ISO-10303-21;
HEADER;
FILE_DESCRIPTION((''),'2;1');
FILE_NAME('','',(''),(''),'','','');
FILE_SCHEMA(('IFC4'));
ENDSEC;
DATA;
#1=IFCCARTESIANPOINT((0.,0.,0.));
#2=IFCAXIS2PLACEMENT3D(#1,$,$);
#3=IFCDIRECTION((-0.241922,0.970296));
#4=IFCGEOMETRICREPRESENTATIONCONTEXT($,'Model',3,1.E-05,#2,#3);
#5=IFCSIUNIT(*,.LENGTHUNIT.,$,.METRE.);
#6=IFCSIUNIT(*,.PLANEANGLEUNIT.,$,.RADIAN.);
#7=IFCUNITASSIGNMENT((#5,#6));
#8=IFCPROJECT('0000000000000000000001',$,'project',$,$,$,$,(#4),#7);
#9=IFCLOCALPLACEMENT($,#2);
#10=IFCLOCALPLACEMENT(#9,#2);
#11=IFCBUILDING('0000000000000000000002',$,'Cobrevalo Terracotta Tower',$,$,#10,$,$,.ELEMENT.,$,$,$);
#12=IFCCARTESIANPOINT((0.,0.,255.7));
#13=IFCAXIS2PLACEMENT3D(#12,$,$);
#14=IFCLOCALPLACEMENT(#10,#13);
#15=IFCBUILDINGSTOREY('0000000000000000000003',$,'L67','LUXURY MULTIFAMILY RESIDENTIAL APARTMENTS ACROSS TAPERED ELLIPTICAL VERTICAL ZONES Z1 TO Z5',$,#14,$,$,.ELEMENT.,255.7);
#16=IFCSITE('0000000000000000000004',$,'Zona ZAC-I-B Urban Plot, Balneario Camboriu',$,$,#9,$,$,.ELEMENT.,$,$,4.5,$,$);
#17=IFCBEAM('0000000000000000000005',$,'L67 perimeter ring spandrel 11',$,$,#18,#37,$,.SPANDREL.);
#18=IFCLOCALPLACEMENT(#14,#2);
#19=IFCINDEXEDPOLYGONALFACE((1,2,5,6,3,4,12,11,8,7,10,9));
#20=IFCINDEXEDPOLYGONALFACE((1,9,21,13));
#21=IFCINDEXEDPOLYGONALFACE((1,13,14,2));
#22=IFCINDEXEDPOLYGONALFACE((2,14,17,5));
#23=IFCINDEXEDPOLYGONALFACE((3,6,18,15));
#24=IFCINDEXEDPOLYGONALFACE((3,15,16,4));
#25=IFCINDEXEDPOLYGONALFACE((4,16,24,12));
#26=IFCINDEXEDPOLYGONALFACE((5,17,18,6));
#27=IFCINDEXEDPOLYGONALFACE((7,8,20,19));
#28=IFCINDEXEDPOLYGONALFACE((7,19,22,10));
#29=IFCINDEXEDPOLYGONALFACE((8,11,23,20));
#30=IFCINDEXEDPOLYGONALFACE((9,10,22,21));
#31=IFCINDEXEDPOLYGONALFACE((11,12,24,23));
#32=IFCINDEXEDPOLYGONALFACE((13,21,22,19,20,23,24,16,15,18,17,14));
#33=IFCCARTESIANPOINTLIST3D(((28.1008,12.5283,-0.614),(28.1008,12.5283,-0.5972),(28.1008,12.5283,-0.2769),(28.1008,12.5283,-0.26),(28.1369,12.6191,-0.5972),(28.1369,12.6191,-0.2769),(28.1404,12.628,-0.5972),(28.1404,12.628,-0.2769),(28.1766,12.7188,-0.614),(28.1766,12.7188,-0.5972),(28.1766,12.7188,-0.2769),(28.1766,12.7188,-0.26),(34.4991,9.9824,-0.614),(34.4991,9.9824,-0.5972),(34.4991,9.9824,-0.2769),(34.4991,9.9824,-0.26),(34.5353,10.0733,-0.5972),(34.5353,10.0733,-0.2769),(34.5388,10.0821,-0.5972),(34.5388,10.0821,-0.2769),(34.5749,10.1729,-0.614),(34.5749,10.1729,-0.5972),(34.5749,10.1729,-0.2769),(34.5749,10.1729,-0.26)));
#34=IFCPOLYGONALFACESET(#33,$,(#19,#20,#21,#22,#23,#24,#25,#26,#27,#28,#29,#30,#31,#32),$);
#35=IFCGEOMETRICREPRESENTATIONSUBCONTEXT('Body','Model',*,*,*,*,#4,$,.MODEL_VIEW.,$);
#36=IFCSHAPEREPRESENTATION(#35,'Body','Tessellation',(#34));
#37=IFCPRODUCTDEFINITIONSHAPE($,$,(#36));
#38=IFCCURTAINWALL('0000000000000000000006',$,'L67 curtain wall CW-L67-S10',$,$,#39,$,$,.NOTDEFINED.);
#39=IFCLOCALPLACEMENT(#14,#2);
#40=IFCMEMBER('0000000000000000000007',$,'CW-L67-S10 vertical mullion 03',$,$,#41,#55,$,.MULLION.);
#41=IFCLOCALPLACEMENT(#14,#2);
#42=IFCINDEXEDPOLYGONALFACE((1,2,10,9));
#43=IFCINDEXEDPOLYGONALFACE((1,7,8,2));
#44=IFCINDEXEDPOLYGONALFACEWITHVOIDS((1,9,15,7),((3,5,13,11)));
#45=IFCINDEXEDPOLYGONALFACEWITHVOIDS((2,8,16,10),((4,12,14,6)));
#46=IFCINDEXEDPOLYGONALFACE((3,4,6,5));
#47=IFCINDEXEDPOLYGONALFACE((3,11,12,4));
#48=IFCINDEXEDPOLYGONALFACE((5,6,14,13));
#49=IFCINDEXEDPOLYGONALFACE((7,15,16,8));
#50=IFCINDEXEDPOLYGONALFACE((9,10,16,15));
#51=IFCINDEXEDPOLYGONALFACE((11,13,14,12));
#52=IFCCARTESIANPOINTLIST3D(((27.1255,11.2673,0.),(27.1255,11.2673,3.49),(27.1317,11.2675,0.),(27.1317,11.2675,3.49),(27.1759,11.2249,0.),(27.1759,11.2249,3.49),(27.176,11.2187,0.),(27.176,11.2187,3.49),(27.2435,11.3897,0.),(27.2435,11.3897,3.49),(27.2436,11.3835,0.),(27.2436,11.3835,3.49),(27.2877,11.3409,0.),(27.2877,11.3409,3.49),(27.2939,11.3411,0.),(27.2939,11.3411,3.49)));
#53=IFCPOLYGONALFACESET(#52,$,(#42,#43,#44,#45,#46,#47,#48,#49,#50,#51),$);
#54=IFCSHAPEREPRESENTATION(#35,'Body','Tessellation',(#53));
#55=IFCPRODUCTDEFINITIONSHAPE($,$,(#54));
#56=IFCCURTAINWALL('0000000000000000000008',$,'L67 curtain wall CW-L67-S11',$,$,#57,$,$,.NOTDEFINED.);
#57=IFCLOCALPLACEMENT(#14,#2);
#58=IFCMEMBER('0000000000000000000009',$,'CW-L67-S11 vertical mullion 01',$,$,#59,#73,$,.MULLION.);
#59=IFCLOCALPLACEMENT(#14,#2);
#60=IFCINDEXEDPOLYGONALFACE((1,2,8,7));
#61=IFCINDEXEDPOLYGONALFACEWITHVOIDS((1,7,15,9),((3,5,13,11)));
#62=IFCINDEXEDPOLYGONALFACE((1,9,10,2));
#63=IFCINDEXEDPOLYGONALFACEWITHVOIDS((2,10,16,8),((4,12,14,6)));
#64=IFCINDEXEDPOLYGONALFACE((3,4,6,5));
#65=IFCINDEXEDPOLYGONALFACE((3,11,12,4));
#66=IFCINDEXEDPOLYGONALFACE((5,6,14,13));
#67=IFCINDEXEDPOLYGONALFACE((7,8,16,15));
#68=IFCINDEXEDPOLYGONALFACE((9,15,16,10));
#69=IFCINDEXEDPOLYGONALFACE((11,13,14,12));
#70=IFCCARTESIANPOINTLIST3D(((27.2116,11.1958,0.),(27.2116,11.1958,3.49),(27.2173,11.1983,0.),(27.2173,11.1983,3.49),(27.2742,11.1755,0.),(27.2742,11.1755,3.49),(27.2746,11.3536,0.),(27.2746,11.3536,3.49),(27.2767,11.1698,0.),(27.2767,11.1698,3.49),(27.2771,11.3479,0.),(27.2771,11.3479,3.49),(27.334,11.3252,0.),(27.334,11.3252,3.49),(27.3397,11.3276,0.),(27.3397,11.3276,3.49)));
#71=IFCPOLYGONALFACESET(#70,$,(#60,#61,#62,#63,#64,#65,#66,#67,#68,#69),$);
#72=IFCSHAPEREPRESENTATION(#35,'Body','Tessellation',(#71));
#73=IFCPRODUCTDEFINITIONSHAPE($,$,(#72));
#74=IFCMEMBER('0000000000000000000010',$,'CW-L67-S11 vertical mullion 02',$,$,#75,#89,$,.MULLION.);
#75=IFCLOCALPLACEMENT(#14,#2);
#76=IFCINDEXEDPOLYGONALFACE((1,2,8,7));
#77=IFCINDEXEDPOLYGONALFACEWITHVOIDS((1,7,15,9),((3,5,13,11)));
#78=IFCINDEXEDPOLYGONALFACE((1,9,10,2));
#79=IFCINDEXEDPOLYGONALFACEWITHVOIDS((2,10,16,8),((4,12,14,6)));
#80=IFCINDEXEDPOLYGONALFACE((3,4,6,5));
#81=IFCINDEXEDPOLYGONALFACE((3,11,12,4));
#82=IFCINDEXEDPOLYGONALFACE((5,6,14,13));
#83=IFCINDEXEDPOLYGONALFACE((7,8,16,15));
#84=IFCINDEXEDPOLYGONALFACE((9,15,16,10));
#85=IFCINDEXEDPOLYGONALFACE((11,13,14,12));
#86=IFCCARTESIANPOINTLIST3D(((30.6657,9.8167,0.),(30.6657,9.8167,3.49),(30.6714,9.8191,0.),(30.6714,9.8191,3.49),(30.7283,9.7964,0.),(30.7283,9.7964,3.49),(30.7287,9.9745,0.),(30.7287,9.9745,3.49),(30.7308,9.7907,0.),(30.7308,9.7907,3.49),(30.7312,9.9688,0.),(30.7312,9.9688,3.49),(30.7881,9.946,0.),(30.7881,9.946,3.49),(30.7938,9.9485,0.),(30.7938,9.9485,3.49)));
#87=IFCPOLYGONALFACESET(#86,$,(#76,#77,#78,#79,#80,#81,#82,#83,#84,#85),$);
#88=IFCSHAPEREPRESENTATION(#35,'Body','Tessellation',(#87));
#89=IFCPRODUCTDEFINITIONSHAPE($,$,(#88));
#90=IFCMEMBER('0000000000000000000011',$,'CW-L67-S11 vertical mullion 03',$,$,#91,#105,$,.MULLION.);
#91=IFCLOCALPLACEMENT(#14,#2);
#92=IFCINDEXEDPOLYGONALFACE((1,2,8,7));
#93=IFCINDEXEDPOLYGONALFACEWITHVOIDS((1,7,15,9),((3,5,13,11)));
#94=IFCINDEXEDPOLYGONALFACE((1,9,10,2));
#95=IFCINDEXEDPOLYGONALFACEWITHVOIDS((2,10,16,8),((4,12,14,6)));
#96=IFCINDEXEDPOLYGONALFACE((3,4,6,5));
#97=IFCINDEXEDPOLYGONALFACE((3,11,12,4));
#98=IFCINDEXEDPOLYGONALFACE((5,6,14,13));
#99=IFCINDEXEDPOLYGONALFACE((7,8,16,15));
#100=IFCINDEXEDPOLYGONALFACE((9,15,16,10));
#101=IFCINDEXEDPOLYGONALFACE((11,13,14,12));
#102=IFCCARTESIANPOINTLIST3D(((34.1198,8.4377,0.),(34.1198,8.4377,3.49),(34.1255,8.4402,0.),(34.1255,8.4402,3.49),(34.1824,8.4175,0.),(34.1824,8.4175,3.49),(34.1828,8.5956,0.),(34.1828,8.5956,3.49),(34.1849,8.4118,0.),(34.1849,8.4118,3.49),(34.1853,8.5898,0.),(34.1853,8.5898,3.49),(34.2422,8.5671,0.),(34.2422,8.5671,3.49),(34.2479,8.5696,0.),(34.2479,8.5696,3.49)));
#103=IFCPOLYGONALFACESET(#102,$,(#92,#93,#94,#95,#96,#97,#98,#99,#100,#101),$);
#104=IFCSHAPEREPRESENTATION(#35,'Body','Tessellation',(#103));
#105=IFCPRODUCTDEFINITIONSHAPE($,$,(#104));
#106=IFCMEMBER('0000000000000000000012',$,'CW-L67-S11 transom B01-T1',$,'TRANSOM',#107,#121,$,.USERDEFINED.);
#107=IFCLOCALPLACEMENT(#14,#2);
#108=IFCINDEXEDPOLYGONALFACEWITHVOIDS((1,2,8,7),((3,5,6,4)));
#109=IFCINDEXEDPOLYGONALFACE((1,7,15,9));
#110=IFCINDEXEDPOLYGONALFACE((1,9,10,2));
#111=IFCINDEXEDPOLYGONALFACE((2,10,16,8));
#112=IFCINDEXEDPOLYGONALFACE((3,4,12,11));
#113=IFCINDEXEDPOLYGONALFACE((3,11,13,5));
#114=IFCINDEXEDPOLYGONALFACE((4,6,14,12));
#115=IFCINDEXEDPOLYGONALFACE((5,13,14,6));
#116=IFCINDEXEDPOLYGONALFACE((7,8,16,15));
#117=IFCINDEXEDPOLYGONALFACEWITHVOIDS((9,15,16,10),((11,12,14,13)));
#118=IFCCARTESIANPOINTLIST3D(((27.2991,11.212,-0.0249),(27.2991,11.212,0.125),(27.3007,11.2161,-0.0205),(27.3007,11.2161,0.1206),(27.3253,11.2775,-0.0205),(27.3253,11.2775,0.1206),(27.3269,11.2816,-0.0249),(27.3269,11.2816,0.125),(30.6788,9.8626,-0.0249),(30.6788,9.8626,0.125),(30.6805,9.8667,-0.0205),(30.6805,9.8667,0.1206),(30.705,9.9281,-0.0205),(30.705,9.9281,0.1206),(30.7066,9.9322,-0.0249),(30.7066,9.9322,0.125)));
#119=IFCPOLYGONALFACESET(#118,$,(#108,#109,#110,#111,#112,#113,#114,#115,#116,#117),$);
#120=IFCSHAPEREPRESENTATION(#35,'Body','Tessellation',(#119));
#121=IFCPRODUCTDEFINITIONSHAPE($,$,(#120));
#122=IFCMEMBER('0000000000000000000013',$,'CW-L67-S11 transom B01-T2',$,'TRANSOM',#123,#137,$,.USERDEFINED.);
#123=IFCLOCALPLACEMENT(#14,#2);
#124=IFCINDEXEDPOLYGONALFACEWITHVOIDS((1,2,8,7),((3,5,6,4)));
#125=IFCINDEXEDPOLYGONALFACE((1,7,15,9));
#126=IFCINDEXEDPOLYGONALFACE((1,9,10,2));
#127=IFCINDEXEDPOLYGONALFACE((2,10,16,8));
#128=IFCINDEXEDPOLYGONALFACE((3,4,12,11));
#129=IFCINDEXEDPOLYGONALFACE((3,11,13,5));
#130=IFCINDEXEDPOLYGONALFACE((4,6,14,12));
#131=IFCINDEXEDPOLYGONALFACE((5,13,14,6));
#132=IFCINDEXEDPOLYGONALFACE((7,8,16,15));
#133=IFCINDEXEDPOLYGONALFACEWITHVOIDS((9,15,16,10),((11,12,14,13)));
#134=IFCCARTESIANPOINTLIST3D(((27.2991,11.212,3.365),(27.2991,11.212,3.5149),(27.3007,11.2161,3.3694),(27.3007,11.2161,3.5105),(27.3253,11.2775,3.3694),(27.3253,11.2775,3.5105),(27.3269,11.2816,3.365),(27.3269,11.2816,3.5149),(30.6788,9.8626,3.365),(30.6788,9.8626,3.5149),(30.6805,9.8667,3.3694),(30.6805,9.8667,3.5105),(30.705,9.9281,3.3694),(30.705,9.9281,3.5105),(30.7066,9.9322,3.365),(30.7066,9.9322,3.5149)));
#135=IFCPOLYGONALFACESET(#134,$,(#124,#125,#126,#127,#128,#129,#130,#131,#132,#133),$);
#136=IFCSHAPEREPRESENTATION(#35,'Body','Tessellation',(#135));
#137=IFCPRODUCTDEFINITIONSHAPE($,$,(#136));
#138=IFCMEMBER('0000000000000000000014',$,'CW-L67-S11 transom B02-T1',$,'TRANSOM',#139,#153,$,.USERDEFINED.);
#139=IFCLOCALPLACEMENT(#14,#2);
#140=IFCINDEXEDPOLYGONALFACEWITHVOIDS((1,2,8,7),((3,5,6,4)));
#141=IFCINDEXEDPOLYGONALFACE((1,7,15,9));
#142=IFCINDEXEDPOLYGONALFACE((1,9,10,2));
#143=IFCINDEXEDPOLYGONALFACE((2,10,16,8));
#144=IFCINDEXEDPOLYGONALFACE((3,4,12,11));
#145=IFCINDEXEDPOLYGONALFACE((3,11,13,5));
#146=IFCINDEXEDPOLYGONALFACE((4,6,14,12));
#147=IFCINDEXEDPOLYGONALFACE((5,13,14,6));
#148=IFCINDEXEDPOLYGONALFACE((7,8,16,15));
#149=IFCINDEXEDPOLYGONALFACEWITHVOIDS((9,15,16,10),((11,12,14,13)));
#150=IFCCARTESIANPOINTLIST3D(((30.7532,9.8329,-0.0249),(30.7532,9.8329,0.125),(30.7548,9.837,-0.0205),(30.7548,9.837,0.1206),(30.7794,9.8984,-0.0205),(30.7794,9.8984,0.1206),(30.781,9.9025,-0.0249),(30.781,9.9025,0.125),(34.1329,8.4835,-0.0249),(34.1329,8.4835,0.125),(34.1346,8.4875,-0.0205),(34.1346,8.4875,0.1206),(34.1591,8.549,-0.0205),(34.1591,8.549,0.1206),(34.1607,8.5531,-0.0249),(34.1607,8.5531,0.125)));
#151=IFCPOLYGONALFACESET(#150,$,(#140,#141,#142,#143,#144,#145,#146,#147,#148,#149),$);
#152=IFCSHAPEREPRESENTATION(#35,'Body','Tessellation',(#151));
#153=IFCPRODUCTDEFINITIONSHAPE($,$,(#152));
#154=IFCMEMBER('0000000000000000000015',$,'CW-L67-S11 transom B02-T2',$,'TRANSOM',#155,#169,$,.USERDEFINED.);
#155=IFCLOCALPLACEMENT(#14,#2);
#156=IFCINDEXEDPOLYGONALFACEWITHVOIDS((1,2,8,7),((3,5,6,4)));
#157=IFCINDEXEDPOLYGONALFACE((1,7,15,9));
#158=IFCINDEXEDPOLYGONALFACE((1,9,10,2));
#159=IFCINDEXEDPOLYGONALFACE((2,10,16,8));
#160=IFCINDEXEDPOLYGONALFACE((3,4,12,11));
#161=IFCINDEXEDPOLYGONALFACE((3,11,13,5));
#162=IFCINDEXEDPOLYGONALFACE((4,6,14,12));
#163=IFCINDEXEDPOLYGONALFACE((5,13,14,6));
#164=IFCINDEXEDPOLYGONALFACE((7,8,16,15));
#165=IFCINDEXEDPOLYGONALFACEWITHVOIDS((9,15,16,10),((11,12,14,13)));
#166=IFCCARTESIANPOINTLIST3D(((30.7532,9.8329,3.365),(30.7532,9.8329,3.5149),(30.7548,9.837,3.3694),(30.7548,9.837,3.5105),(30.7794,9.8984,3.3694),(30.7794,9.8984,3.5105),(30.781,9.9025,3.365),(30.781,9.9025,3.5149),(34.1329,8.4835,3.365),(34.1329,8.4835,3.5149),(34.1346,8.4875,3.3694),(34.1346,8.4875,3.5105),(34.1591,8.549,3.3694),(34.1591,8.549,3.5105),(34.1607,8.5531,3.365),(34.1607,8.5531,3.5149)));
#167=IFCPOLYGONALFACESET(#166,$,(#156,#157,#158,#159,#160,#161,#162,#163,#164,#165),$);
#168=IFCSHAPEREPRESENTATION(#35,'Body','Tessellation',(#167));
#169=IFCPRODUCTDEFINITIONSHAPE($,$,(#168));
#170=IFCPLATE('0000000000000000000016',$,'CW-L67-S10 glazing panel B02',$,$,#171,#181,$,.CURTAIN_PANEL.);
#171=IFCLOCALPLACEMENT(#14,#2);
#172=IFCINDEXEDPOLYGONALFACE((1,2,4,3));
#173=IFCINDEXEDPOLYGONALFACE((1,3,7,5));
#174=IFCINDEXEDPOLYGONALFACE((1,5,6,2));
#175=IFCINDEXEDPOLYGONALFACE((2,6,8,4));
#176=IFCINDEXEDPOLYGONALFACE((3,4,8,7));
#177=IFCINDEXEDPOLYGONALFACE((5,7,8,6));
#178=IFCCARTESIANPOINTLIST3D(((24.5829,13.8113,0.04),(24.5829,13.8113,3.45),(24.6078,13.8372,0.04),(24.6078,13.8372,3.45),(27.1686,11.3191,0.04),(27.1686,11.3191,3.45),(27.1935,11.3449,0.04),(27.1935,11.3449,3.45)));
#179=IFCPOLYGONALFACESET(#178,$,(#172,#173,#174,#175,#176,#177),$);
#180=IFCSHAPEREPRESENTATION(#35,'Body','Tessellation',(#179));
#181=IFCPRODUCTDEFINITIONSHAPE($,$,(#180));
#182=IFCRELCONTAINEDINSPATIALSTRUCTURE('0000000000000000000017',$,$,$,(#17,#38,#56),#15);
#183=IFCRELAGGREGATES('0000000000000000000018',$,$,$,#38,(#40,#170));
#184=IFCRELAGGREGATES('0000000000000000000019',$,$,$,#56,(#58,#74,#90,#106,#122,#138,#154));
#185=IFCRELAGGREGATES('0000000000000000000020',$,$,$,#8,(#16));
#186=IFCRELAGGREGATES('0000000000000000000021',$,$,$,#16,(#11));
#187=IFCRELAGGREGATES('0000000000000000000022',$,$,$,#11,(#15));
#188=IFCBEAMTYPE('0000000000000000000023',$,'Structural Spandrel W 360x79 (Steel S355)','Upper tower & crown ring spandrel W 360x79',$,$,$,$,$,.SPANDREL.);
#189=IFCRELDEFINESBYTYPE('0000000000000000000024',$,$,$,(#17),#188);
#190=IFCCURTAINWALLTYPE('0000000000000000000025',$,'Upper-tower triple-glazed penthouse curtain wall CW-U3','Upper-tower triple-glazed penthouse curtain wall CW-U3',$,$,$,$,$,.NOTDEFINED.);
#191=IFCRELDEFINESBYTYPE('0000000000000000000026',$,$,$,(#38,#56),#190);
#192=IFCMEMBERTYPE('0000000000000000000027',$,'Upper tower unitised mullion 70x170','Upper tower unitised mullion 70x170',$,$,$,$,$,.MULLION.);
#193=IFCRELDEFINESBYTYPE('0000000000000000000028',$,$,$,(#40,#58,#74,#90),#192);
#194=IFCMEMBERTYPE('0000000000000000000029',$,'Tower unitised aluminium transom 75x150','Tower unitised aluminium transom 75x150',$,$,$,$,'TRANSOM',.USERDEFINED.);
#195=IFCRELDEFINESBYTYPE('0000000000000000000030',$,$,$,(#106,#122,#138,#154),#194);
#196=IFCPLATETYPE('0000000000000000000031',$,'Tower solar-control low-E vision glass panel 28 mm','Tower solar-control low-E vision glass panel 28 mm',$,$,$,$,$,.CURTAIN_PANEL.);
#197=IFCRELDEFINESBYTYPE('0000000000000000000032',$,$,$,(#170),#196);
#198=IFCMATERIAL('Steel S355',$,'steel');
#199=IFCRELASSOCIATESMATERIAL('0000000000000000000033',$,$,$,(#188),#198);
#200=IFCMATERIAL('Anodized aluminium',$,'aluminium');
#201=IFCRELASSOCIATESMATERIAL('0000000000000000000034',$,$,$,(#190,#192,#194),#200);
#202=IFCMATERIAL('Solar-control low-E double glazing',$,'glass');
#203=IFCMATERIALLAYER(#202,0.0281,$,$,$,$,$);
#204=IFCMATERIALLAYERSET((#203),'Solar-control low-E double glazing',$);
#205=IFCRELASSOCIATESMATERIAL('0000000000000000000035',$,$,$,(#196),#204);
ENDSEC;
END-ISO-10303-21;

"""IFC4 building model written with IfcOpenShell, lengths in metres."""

from ifc_helpers import new_model, si_unit, direction, frame, origin, origin_2d, place, context, subcontext, project, spatial, rectangle, hollow_rectangle, i_section, extrude, source, transform, mapped, material, layer, layer_set, material_profile, profile_set, type_object, element, aggregate, save


model = new_model("IFC4")

# Units and contexts
model_context = context("Model", 3, precision=1e-05, world=origin(), true_north=direction((-0.241922, 0.970296)))
body_context = subcontext(model_context, "Body", "Model", "MODEL_VIEW")
ifc_project = project(units=[si_unit("LENGTHUNIT", "METRE"), si_unit("PLANEANGLEUNIT", "RADIAN")], contexts=[model_context])

# Site, building, storey
site_placement = place(None, origin())
site = spatial("IfcSite", under=ifc_project, at=site_placement, Name="Zona ZAC-I-B Urban Plot, Balneario Camboriu", CompositionType="ELEMENT", RefElevation=4.5)
building_placement = place(site_placement, origin())
building = spatial("IfcBuilding", under=site, at=building_placement, Name="Cobrevalo Terracotta Tower", CompositionType="ELEMENT")
storey_placement = place(building_placement, frame((0.0, 0.0, 255.7)))
storey = spatial("IfcBuildingStorey", under=building, at=storey_placement, Name="L67", Description="LUXURY MULTIFAMILY RESIDENTIAL APARTMENTS ACROSS TAPERED ELLIPTICAL VERTICAL ZONES Z1 TO Z5", CompositionType="ELEMENT", Elevation=255.7)

# Shared definitions
ifc_material_1 = material(Name="Steel S355", Category="steel")

# Beam
ifc_material_profile_1 = material_profile(ifc_material_1, i_section(OverallWidth=0.2051, OverallDepth=0.354, WebThickness=0.0095, FlangeThickness=0.0168, at=origin_2d()), Name="W 360x79")
ifc_profile_set_1 = profile_set([ifc_material_profile_1], Name="Steel S355")
beam_type_1 = type_object("IfcBeamType", Name="Structural Spandrel W 360x79 (Steel S355)", Description="Upper tower & crown ring spandrel W 360x79", PredefinedType="SPANDREL", material=ifc_profile_set_1)
beam_1_placement = place(storey_placement, frame((28.1387, 12.6235, -0.437), z_axis=(0.92915, -0.369703, 0.0), x_axis=(0.369703, 0.92915, 0.0)))
element("IfcBeam", 1, at=beam_1_placement, inside=storey, type_object=beam_type_1, Name="L67 perimeter ring spandrel 11", PredefinedType="SPANDREL", context=body_context, shape_type="SweptSolid", body=[
    extrude(i_section(OverallWidth=0.2051, OverallDepth=0.354, WebThickness=0.0095, FlangeThickness=0.0168, at=origin_2d()), origin(), (0.0, 0.0, 1.0), 6.8862),
])

# Curtain wall, member
ifc_material_2 = material(Name="Anodized aluminium", Category="aluminium")
curtain_wall_type = type_object("IfcCurtainWallType", Name="Upper-tower triple-glazed penthouse curtain wall CW-U3", Description="Upper-tower triple-glazed penthouse curtain wall CW-U3", PredefinedType="NOTDEFINED", material=ifc_material_2)
curtain_wall_1_placement = place(storey_placement, origin())
curtain_wall_1 = element("IfcCurtainWall", 2, at=curtain_wall_1_placement, inside=storey, type_object=curtain_wall_type, Name="L67 curtain wall CW-L67-S10", PredefinedType="NOTDEFINED")
ifc_material_profile_2 = material_profile(ifc_material_2, hollow_rectangle(XDim=0.0701, YDim=0.1699, WallThickness=0.0044, at=origin_2d()), Name="CWM 70x170")
ifc_profile_set_2 = profile_set([ifc_material_profile_2], Name="Anodized aluminium")
member_type_1 = type_object("IfcMemberType", Name="Upper tower unitised mullion 70x170", Description="Upper tower unitised mullion 70x170", PredefinedType="MULLION", material=ifc_profile_set_2)
shared_shape_1 = source(origin(), body_context, "Body", "SweptSolid", [
    extrude(hollow_rectangle(XDim=0.0701, YDim=0.1699, WallThickness=0.0044, at=origin_2d()), origin(), (0.0, 0.0, 1.0), 3.49),
])
member_1_placement = place(storey_placement, frame((27.2097, 11.3042, 0.0), z_axis=(0.0, 0.0, 1.0), x_axis=(0.719994, -0.69398, 0.0)))
member_1 = element("IfcMember", 3, at=member_1_placement, type_object=member_type_1, Name="CW-L67-S10 vertical mullion 03", PredefinedType="MULLION", context=body_context, shape_type="MappedRepresentation", body=[
    mapped(shared_shape_1, transform((0.0, 0.0, 0.0), scale=1.0)),
])

# Curtain wall, members
curtain_wall_2_placement = place(storey_placement, origin())
curtain_wall_2 = element("IfcCurtainWall", 4, at=curtain_wall_2_placement, inside=storey, type_object=curtain_wall_type, Name="L67 curtain wall CW-L67-S11", PredefinedType="NOTDEFINED")
member_2_placement = place(storey_placement, frame((27.2756, 11.2617, 0.0), z_axis=(0.0, 0.0, 1.0), x_axis=(0.928719, -0.370784, 0.0)))
member_2 = element("IfcMember", 5, at=member_2_placement, type_object=member_type_1, Name="CW-L67-S11 vertical mullion 01", PredefinedType="MULLION", context=body_context, shape_type="MappedRepresentation", body=[
    mapped(shared_shape_1, transform((0.0, 0.0, 0.0), scale=1.0)),
])
member_3_placement = place(storey_placement, frame((30.7297, 9.8826, 0.0), z_axis=(0.0, 0.0, 1.0), x_axis=(0.928719, -0.370784, 0.0)))
member_3 = element("IfcMember", 6, at=member_3_placement, type_object=member_type_1, Name="CW-L67-S11 vertical mullion 02", PredefinedType="MULLION", context=body_context, shape_type="MappedRepresentation", body=[
    mapped(shared_shape_1, transform((0.0, 0.0, 0.0), scale=1.0)),
])
member_4_placement = place(storey_placement, frame((34.1838, 8.5037, 0.0), z_axis=(0.0, 0.0, 1.0), x_axis=(0.928719, -0.370784, 0.0)))
member_4 = element("IfcMember", 7, at=member_4_placement, type_object=member_type_1, Name="CW-L67-S11 vertical mullion 03", PredefinedType="MULLION", context=body_context, shape_type="MappedRepresentation", body=[
    mapped(shared_shape_1, transform((0.0, 0.0, 0.0), scale=1.0)),
])
ifc_material_profile_3 = material_profile(ifc_material_2, hollow_rectangle(XDim=0.075, YDim=0.1499, WallThickness=0.0044, at=origin_2d()), Name="CWT 75x150")
ifc_profile_set_3 = profile_set([ifc_material_profile_3], Name="Anodized aluminium")
member_type_2 = type_object("IfcMemberType", Name="Tower unitised aluminium transom 75x150", Description="Tower unitised aluminium transom 75x150", ElementType="TRANSOM", PredefinedType="USERDEFINED", material=ifc_profile_set_3)
shared_shape_2 = source(origin(), body_context, "Body", "SweptSolid", [
    extrude(hollow_rectangle(XDim=0.075, YDim=0.1499, WallThickness=0.0044, at=origin_2d()), origin(), (0.0, 0.0, 1.0), 3.6392),
])
member_5_placement = place(storey_placement, frame((27.313, 11.2468, 0.05), z_axis=(0.928712, -0.370801, 0.0), x_axis=(0.370801, 0.928712, 0.0)))
member_5 = element("IfcMember", 8, at=member_5_placement, type_object=member_type_2, Name="CW-L67-S11 transom B01-T1", ObjectType="TRANSOM", PredefinedType="USERDEFINED", context=body_context, shape_type="MappedRepresentation", body=[
    mapped(shared_shape_2, transform((0.0, 0.0, 0.0), scale=1.0)),
])
member_6_placement = place(storey_placement, frame((27.313, 11.2468, 3.4399), z_axis=(0.928712, -0.370801, 0.0), x_axis=(0.370801, 0.928712, 0.0)))
member_6 = element("IfcMember", 9, at=member_6_placement, type_object=member_type_2, Name="CW-L67-S11 transom B01-T2", ObjectType="TRANSOM", PredefinedType="USERDEFINED", context=body_context, shape_type="MappedRepresentation", body=[
    mapped(shared_shape_2, transform((0.0, 0.0, 0.0), scale=1.0)),
])
member_7_placement = place(storey_placement, frame((30.7671, 9.8677, 0.05), z_axis=(0.928712, -0.370801, 0.0), x_axis=(0.370801, 0.928712, 0.0)))
member_7 = element("IfcMember", 10, at=member_7_placement, type_object=member_type_2, Name="CW-L67-S11 transom B02-T1", ObjectType="TRANSOM", PredefinedType="USERDEFINED", context=body_context, shape_type="MappedRepresentation", body=[
    mapped(shared_shape_2, transform((0.0, 0.0, 0.0), scale=1.0)),
])
member_8_placement = place(storey_placement, frame((30.7671, 9.8677, 3.4399), z_axis=(0.928712, -0.370801, 0.0), x_axis=(0.370801, 0.928712, 0.0)))
member_8 = element("IfcMember", 11, at=member_8_placement, type_object=member_type_2, Name="CW-L67-S11 transom B02-T2", ObjectType="TRANSOM", PredefinedType="USERDEFINED", context=body_context, shape_type="MappedRepresentation", body=[
    mapped(shared_shape_2, transform((0.0, 0.0, 0.0), scale=1.0)),
])

# Plate
ifc_material_3 = material(Name="Solar-control low-E double glazing", Category="glass")
ifc_layer_1 = layer(ifc_material_3, 0.0281)
ifc_layer_set_1 = layer_set([ifc_layer_1], Name="Solar-control low-E double glazing")
plate_type = type_object("IfcPlateType", Name="Tower solar-control low-E vision glass panel 28 mm", Description="Tower solar-control low-E vision glass panel 28 mm", PredefinedType="CURTAIN_PANEL", material=ifc_layer_set_1)
shared_shape_3 = source(origin(), body_context, "Body", "SweptSolid", [
    extrude(rectangle(XDim=3.5913, YDim=0.0359, at=origin_2d()), origin(), (0.0, 0.0, 1.0), 3.4099),
])
plate_1_placement = place(storey_placement, frame((25.8882, 12.5781, 0.04), z_axis=(0.0, 0.0, 1.0), x_axis=(0.719997, -0.693978, 0.0)))
plate_1 = element("IfcPlate", 12, at=plate_1_placement, type_object=plate_type, Name="CW-L67-S10 glazing panel B02", PredefinedType="CURTAIN_PANEL", context=body_context, shape_type="MappedRepresentation", body=[
    mapped(shared_shape_3, transform((0.0, 0.0, 0.0), scale=1.0)),
])
aggregate(curtain_wall_1, [member_1, plate_1])
aggregate(curtain_wall_2, [member_2, member_3, member_4, member_5, member_6, member_7, member_8])

save(model, "model.ifc")
